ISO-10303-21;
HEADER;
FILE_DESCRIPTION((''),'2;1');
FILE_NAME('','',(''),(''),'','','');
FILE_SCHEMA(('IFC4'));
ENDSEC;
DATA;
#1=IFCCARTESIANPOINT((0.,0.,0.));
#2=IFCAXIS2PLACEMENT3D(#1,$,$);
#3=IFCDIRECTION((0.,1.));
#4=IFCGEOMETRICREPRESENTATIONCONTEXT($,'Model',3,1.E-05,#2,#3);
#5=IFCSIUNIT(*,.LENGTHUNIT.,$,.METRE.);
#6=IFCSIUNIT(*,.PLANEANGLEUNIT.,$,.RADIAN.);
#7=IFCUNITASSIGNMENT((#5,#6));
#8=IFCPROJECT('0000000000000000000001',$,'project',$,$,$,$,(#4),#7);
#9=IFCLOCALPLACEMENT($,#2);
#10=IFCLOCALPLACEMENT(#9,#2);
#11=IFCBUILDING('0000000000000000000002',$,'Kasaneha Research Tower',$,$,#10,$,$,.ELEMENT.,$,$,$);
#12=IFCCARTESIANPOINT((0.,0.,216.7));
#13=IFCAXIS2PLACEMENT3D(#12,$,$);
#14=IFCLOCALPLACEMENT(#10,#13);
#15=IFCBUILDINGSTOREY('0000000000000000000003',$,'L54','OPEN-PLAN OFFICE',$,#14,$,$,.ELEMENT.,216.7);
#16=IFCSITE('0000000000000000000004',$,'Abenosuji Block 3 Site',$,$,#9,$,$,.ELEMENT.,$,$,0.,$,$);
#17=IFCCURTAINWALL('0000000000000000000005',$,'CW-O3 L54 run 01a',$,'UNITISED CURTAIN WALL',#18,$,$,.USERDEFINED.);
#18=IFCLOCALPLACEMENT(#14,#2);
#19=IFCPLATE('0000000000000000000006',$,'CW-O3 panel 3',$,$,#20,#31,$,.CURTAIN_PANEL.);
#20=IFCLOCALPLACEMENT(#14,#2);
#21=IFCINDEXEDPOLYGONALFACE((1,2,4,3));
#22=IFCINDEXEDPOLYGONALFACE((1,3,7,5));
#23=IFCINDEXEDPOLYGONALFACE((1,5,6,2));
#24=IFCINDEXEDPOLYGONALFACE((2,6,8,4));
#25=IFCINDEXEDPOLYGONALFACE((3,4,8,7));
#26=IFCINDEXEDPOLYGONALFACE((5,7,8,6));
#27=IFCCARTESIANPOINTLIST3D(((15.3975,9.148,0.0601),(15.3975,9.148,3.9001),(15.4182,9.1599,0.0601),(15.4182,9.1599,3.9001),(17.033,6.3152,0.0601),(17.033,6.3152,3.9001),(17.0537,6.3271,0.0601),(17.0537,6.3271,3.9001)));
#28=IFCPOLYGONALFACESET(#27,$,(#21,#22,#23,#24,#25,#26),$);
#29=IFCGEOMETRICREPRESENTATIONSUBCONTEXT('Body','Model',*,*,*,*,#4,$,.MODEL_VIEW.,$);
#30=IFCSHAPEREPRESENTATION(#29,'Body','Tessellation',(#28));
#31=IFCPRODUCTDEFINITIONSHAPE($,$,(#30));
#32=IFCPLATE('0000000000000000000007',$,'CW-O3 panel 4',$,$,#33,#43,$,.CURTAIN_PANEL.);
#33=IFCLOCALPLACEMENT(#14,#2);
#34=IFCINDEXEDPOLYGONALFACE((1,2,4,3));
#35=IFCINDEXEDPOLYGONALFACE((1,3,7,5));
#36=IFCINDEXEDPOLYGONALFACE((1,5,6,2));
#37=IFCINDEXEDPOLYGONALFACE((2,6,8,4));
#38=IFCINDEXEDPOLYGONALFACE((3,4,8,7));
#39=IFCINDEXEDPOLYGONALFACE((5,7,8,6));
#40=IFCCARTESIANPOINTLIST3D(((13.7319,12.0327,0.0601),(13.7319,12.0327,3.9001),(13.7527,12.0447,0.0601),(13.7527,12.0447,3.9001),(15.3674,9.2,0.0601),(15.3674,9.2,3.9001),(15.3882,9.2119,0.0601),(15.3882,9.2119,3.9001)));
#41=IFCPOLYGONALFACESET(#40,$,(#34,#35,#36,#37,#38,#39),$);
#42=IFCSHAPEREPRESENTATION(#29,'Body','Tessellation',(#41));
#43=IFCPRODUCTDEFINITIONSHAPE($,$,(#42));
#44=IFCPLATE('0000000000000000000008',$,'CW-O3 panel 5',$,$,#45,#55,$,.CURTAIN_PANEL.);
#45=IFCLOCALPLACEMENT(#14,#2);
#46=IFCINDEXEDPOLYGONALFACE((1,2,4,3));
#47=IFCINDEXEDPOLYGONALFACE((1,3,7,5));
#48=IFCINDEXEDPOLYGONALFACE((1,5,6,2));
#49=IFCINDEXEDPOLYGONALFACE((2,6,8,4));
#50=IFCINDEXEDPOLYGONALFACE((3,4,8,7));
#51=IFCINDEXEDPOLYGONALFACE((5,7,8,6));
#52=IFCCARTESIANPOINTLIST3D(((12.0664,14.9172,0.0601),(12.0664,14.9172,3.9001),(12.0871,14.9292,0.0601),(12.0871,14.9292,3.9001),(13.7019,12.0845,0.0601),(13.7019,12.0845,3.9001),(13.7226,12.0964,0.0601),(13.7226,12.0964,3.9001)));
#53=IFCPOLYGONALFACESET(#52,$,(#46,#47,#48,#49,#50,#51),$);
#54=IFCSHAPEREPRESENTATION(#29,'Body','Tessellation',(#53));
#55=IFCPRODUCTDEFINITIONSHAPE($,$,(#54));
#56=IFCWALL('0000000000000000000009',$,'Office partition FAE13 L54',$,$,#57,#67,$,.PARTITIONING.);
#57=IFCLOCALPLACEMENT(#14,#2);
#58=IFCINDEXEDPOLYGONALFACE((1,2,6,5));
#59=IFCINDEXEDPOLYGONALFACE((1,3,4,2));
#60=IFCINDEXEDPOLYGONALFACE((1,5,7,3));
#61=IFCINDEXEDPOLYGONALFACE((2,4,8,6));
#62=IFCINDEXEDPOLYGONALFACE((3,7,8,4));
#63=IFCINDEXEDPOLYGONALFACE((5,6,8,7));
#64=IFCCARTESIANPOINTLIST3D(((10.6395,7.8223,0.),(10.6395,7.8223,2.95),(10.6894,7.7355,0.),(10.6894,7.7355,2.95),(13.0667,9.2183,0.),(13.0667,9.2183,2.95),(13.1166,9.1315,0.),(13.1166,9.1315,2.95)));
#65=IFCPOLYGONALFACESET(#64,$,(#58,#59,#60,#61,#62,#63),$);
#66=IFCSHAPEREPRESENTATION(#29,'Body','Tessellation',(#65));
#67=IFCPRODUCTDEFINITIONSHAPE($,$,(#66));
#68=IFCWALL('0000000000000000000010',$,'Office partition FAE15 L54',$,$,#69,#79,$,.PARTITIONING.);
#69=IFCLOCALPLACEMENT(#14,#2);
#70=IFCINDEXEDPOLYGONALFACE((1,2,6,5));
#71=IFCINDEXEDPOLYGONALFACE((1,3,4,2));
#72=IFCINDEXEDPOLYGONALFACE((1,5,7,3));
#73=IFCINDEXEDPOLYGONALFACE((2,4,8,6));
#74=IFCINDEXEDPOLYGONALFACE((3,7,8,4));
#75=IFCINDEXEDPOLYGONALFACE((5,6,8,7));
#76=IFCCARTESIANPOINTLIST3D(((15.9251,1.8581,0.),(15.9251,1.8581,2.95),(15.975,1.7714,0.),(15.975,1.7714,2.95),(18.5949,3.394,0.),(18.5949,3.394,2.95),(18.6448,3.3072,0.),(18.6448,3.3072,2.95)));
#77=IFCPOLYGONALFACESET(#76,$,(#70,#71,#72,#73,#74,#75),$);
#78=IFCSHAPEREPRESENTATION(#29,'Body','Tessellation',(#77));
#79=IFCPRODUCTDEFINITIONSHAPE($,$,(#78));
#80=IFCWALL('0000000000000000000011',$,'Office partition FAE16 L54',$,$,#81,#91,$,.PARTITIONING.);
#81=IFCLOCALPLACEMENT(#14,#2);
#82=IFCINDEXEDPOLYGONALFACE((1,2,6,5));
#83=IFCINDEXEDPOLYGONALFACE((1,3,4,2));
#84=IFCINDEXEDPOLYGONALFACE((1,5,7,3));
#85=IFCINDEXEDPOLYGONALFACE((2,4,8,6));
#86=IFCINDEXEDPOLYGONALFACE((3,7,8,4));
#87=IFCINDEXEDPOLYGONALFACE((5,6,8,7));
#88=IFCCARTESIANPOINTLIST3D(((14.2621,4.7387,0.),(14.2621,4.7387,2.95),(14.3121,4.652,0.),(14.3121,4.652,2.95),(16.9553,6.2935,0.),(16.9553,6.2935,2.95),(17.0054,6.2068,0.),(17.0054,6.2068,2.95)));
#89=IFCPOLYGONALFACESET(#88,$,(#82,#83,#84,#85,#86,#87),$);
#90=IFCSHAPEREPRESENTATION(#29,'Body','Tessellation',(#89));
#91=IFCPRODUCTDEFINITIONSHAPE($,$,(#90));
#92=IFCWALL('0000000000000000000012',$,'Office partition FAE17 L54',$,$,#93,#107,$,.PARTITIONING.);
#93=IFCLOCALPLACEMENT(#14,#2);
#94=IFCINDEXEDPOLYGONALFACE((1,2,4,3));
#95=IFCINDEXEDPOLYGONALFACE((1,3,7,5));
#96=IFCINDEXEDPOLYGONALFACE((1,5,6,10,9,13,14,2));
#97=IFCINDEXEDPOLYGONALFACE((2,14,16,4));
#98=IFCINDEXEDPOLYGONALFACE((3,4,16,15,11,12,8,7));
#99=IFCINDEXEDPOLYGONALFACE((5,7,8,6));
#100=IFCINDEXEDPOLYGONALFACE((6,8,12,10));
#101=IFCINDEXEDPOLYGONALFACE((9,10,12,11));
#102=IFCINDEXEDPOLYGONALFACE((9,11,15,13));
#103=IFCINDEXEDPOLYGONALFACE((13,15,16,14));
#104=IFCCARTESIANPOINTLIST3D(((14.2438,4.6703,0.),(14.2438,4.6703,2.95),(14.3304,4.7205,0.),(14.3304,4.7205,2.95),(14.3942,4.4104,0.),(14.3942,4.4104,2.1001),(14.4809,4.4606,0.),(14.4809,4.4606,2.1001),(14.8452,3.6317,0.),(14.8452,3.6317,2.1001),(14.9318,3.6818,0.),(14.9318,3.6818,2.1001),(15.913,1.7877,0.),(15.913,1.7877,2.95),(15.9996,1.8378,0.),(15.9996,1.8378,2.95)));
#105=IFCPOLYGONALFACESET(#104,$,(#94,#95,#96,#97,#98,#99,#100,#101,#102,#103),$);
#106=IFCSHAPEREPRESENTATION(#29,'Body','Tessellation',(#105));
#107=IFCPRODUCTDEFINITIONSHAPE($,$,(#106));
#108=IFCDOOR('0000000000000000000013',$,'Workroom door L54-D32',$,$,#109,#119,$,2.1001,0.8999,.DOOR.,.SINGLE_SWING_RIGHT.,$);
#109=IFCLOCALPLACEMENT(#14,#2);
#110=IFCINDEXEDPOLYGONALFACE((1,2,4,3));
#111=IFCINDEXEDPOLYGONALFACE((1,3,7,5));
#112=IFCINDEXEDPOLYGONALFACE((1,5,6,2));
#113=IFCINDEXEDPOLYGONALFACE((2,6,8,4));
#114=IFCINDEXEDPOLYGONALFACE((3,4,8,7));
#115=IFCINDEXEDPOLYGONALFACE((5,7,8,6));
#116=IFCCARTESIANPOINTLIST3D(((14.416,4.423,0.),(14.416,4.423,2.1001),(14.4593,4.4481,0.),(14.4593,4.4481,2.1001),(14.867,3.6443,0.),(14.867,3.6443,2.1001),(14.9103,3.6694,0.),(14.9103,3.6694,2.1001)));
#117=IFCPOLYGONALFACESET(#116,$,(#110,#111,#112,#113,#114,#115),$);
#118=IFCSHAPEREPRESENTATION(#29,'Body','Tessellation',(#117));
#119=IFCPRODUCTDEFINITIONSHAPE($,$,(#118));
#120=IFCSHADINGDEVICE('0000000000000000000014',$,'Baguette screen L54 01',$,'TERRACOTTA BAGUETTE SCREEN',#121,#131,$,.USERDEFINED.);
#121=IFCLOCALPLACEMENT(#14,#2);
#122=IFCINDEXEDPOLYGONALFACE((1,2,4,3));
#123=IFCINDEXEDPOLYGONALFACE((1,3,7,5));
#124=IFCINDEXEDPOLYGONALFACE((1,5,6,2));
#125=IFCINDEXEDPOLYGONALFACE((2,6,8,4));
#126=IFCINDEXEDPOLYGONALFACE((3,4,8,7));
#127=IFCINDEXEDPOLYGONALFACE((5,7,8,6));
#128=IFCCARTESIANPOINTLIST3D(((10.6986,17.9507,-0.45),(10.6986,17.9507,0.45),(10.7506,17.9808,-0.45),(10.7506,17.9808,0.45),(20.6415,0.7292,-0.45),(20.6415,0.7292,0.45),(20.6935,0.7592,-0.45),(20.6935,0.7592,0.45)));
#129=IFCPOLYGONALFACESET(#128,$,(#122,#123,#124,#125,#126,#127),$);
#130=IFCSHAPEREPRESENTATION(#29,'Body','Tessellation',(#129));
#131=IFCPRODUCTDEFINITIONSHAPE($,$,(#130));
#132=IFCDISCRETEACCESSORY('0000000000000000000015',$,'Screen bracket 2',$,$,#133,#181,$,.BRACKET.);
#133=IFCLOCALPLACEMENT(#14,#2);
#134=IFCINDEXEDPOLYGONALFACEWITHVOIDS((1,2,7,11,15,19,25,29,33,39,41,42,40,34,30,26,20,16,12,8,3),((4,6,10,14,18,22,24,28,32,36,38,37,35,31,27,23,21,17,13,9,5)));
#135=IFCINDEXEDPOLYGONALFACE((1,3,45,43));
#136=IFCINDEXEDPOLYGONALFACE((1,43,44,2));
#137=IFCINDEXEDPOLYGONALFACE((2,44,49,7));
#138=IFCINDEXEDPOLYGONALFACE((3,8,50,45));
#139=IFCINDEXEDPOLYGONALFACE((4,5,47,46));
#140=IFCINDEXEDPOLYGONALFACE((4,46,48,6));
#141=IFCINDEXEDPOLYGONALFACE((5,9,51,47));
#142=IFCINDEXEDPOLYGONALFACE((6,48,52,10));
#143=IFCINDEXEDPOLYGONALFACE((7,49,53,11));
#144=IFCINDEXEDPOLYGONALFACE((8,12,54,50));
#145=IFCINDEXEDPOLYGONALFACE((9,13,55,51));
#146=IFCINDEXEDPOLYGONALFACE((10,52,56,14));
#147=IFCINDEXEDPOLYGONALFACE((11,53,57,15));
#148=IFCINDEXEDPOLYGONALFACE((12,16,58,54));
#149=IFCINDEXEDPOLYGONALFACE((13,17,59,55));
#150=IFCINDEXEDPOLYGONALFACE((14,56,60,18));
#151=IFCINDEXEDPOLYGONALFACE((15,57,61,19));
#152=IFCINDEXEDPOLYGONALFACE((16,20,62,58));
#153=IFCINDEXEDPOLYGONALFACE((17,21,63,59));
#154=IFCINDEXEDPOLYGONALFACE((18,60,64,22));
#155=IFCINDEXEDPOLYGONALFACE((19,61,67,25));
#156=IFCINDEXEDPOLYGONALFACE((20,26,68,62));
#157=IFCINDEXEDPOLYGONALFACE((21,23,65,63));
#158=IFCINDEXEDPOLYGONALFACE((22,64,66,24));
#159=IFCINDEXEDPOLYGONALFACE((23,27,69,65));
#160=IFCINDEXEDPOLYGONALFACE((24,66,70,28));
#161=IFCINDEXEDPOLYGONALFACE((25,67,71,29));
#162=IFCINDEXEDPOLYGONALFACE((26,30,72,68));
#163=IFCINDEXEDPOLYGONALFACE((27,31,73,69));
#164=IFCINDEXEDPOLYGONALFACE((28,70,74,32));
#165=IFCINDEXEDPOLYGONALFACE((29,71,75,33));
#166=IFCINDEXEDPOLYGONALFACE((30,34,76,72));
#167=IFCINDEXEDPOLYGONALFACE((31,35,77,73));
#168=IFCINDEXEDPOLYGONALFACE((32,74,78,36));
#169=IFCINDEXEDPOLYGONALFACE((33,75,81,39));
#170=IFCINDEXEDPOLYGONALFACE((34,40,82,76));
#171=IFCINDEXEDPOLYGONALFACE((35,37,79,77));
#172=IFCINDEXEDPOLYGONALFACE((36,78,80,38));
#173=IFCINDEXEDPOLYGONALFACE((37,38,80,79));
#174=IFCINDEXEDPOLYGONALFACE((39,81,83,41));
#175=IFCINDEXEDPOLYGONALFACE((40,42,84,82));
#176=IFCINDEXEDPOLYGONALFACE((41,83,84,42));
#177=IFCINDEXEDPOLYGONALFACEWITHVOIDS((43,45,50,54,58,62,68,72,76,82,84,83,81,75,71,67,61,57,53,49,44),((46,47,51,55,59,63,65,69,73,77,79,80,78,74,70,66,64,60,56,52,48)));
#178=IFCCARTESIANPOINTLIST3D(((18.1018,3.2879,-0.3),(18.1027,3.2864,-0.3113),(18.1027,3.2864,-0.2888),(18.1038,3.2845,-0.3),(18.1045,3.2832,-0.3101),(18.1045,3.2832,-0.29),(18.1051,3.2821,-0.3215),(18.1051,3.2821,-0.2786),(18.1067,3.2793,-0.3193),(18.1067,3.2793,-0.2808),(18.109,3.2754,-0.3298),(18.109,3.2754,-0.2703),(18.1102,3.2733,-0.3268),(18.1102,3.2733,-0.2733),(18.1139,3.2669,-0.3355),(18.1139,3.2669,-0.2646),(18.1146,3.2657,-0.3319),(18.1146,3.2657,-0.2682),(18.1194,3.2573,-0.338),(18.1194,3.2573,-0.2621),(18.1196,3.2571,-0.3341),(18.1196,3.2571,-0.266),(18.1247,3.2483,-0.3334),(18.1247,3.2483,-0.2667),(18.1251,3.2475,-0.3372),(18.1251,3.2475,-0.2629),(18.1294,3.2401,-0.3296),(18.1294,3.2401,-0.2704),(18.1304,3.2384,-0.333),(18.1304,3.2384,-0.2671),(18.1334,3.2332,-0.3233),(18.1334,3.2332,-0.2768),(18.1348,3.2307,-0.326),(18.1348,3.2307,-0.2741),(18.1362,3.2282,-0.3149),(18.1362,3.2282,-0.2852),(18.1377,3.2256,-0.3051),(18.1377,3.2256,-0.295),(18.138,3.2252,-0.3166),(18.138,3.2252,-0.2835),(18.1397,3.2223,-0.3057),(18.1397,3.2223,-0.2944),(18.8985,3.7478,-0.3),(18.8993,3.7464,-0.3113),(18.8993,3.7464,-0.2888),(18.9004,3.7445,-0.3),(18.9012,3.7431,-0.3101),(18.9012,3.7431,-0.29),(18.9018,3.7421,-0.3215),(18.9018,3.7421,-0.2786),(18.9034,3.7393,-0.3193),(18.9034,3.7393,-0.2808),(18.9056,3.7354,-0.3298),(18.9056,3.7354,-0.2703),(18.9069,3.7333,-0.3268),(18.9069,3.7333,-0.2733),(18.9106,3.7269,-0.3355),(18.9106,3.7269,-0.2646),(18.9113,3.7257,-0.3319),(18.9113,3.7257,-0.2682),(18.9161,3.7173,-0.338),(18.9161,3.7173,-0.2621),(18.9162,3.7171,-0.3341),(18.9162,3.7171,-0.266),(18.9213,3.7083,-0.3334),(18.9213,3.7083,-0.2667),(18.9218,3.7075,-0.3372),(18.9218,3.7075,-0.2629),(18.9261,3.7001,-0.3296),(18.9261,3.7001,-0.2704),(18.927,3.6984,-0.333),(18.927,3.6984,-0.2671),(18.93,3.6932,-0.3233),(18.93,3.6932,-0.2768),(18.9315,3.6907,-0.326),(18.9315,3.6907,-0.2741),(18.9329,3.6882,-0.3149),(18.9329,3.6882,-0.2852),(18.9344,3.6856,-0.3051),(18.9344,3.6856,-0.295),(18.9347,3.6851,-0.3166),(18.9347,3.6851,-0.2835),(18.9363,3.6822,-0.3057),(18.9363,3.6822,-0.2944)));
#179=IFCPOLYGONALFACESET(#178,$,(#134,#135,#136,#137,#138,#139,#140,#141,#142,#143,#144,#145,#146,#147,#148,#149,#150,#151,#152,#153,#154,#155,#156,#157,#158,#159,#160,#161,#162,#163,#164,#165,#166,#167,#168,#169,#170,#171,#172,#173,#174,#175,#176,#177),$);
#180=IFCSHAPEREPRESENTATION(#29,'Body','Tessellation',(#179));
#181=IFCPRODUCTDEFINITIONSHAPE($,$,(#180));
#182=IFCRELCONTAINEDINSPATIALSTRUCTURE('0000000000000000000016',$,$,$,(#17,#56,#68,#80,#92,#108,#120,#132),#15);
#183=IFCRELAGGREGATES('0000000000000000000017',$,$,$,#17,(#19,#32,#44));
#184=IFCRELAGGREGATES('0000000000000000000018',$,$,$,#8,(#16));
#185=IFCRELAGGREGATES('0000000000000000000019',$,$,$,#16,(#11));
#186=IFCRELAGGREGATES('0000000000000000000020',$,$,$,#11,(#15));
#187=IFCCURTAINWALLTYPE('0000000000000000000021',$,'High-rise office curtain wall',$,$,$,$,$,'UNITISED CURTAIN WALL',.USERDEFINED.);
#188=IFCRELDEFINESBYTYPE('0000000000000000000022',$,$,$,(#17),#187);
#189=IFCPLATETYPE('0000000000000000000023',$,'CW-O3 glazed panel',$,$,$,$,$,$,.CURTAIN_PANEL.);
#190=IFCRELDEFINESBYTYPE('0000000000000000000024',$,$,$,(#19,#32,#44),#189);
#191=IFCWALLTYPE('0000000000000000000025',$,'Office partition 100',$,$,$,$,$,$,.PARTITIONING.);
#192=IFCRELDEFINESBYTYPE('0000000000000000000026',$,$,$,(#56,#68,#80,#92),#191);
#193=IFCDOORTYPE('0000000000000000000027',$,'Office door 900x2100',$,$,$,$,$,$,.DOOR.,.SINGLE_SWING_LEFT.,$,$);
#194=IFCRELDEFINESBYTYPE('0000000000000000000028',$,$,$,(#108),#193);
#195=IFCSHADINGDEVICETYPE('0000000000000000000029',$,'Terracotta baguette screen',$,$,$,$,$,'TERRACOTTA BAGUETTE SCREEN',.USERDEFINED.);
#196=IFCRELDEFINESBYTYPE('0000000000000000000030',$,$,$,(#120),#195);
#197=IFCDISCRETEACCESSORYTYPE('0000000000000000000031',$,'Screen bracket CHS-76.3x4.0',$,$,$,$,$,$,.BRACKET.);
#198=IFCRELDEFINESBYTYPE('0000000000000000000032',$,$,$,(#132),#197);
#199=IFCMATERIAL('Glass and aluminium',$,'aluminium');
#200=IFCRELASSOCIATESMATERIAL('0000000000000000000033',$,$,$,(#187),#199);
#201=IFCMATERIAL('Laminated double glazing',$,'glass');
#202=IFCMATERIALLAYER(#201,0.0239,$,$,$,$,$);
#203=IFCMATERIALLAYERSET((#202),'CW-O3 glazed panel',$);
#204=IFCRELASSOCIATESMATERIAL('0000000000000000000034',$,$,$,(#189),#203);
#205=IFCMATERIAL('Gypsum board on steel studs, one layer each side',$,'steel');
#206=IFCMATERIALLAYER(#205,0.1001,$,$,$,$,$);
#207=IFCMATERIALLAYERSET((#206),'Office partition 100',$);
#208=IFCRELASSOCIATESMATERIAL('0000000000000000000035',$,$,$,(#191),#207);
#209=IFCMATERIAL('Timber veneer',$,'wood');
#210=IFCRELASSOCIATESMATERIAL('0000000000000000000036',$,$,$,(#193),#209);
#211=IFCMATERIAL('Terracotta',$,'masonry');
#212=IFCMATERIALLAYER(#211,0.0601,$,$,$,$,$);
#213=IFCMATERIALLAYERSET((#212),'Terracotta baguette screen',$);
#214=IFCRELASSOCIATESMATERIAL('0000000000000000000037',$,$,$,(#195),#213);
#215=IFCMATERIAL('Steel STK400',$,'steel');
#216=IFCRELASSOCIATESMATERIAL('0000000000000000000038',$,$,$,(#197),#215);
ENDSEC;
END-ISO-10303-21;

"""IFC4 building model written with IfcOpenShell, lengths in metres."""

from ifc_helpers import new_model, si_unit, direction, frame, frame_2d, origin, origin_2d, place, context, subcontext, project, spatial, rectangle, hollow_circle, extrude, material, layer, layer_set, material_profile, profile_set, type_object, element, fill, aggregate, save


model = new_model("IFC4")

# Units and contexts
model_context = context("Model", 3, precision=1e-05, world=origin(), true_north=direction((0.0, 1.0)))
body_context = subcontext(model_context, "Body", "Model", "MODEL_VIEW")
ifc_project = project(units=[si_unit("LENGTHUNIT", "METRE"), si_unit("PLANEANGLEUNIT", "RADIAN")], contexts=[model_context])

# Site, building, storey
site_placement = place(None, origin())
site = spatial("IfcSite", under=ifc_project, at=site_placement, Name="Abenosuji Block 3 Site", CompositionType="ELEMENT", RefElevation=0.0)
building_placement = place(site_placement, origin())
building = spatial("IfcBuilding", under=site, at=building_placement, Name="Kasaneha Research Tower", CompositionType="ELEMENT")
storey_placement = place(building_placement, frame((0.0, 0.0, 216.7)))
storey = spatial("IfcBuildingStorey", under=building, at=storey_placement, Name="L54", Description="OPEN-PLAN OFFICE", CompositionType="ELEMENT", Elevation=216.7)

# Curtain wall, plates
ifc_material_1 = material(Name="Glass and aluminium", Category="aluminium")
curtain_wall_type = type_object("IfcCurtainWallType", Name="High-rise office curtain wall", ElementType="UNITISED CURTAIN WALL", PredefinedType="USERDEFINED", material=ifc_material_1)
curtain_wall_placement = place(storey_placement, origin())
curtain_wall = element("IfcCurtainWall", 1, at=curtain_wall_placement, inside=storey, type_object=curtain_wall_type, Name="CW-O3 L54 run 01a", ObjectType="UNITISED CURTAIN WALL", PredefinedType="USERDEFINED")
ifc_material_2 = material(Name="Laminated double glazing", Category="glass")
ifc_layer_1 = layer(ifc_material_2, 0.0239)
ifc_layer_set_1 = layer_set([ifc_layer_1], Name="CW-O3 glazed panel")
plate_type = type_object("IfcPlateType", Name="CW-O3 glazed panel", PredefinedType="CURTAIN_PANEL", material=ifc_layer_set_1)
plate_1_placement = place(storey_placement, frame((16.2256, 7.7375, 0.0601), z_axis=(0.0, 0.0, 1.0), x_axis=(-0.5, 0.866025, 0.0)))
plate_1 = element("IfcPlate", 2, at=plate_1_placement, type_object=plate_type, Name="CW-O3 panel 3", PredefinedType="CURTAIN_PANEL", context=body_context, shape_type="SweptSolid", body=[
    extrude(rectangle(XDim=3.271, YDim=0.0239, at=origin_2d()), origin(), (0.0, 0.0, 1.0), 3.8401),
])
plate_2_placement = place(storey_placement, frame((14.5601, 10.6223, 0.0601), z_axis=(0.0, 0.0, 1.0), x_axis=(-0.5, 0.866025, 0.0)))
plate_2 = element("IfcPlate", 3, at=plate_2_placement, type_object=plate_type, Name="CW-O3 panel 4", PredefinedType="CURTAIN_PANEL", context=body_context, shape_type="SweptSolid", body=[
    extrude(rectangle(XDim=3.271, YDim=0.0239, at=origin_2d()), origin(), (0.0, 0.0, 1.0), 3.8401),
])
plate_3_placement = place(storey_placement, frame((12.8945, 13.5068, 0.0601), z_axis=(0.0, 0.0, 1.0), x_axis=(-0.5, 0.866025, 0.0)))
plate_3 = element("IfcPlate", 4, at=plate_3_placement, type_object=plate_type, Name="CW-O3 panel 5", PredefinedType="CURTAIN_PANEL", context=body_context, shape_type="SweptSolid", body=[
    extrude(rectangle(XDim=3.271, YDim=0.0239, at=origin_2d()), origin(), (0.0, 0.0, 1.0), 3.8401),
])
aggregate(curtain_wall, [plate_1, plate_2, plate_3])

# Walls
ifc_material_3 = material(Name="Gypsum board on steel studs, one layer each side", Category="steel")
ifc_layer_2 = layer(ifc_material_3, 0.1001)
ifc_layer_set_2 = layer_set([ifc_layer_2], Name="Office partition 100")
wall_type = type_object("IfcWallType", Name="Office partition 100", PredefinedType="PARTITIONING", material=ifc_layer_set_2)
wall_1_placement = place(storey_placement, frame((13.0916, 9.1748, 0.0), z_axis=(0.0, 0.0, 1.0), x_axis=(-0.866855, -0.49856, 0.0)))
element("IfcWall", 5, at=wall_1_placement, inside=storey, type_object=wall_type, Name="Office partition FAE13 L54", PredefinedType="PARTITIONING", context=body_context, shape_type="SweptSolid", body=[
    extrude(rectangle(XDim=2.8, YDim=0.1001, at=frame_2d((1.3999, 0.0))), origin(), (0.0, 0.0, 1.0), 2.95),
])
wall_2_placement = place(storey_placement, frame((18.6199, 3.3506, 0.0), z_axis=(0.0, 0.0, 1.0), x_axis=(-0.86681, -0.498638, 0.0)))
element("IfcWall", 6, at=wall_2_placement, inside=storey, type_object=wall_type, Name="Office partition FAE15 L54", PredefinedType="PARTITIONING", context=body_context, shape_type="SweptSolid", body=[
    extrude(rectangle(XDim=3.0801, YDim=0.1001, at=frame_2d((1.54, 0.0))), origin(), (0.0, 0.0, 1.0), 2.95),
])
wall_3_placement = place(storey_placement, frame((14.2871, 4.6953, 0.0), z_axis=(0.0, 0.0, 1.0), x_axis=(0.866037, 0.499981, 0.0)))
element("IfcWall", 7, at=wall_3_placement, inside=storey, type_object=wall_type, Name="Office partition FAE16 L54", PredefinedType="PARTITIONING", context=body_context, shape_type="SweptSolid", body=[
    extrude(rectangle(XDim=3.1099, YDim=0.1001, at=frame_2d((1.5549, 0.0))), origin(), (0.0, 0.0, 1.0), 2.95),
])

# Wall, opening, door
wall_4_placement = place(storey_placement, frame((15.9563, 1.8127, 0.0), z_axis=(0.0, 0.0, 1.0), x_axis=(-0.501111, 0.865383, 0.0)))
wall_4 = element("IfcWall", 8, at=wall_4_placement, inside=storey, type_object=wall_type, Name="Office partition FAE17 L54", PredefinedType="PARTITIONING", context=body_context, shape_type="SweptSolid", body=[
    extrude(rectangle(XDim=3.3311, YDim=0.1001, at=frame_2d((1.6655, 0.0))), origin(), (0.0, 0.0, 1.0), 2.95),
])
opening_placement = place(wall_4_placement, frame((2.1309, 0.0, 0.0)))
opening = element("IfcOpeningElement", 9, at=opening_placement, cuts=wall_4, PredefinedType="OPENING", context=body_context, shape_type="SweptSolid", body=[
    extrude(rectangle(XDim=0.8999, YDim=2.1001, at=frame_2d((0.45, 1.05))), frame((0.0, 0.0601, 0.0), z_axis=(0.0, -1.0, 0.0), x_axis=(1.0, 0.0, 0.0)), (0.0, 0.0, 1.0), 0.1201),
])
ifc_material_4 = material(Name="Timber veneer", Category="wood")
door_type = type_object("IfcDoorType", Name="Office door 900x2100", OperationType="SINGLE_SWING_LEFT", PredefinedType="DOOR", material=ifc_material_4)
door_placement = place(opening_placement, origin())
door = element("IfcDoor", 10, at=door_placement, inside=storey, type_object=door_type, Name="Workroom door L54-D32", OperationType="SINGLE_SWING_RIGHT", OverallHeight=2.1001, OverallWidth=0.8999, PredefinedType="DOOR", context=body_context, shape_type="SweptSolid", body=[
    extrude(rectangle(XDim=0.8999, YDim=2.1001, at=frame_2d((0.45, 1.05))), frame((0.0, 0.0249, 0.0), z_axis=(0.0, -1.0, 0.0), x_axis=(1.0, 0.0, 0.0)), (0.0, 0.0, 1.0), 0.05),
])
fill(opening, door)

# Shading device
ifc_material_5 = material(Name="Terracotta", Category="masonry")
ifc_layer_3 = layer(ifc_material_5, 0.0601)
ifc_layer_set_3 = layer_set([ifc_layer_3], Name="Terracotta baguette screen")
shading_device_type = type_object("IfcShadingDeviceType", Name="Terracotta baguette screen", ElementType="TERRACOTTA BAGUETTE SCREEN", PredefinedType="USERDEFINED", material=ifc_layer_set_3)
shading_device_placement = place(storey_placement, frame((15.696, 9.355, -0.45), z_axis=(0.0, 0.0, 1.0), x_axis=(-0.5, 0.866025, 0.0)))
element("IfcShadingDevice", 11, at=shading_device_placement, inside=storey, type_object=shading_device_type, Name="Baguette screen L54 01", ObjectType="TERRACOTTA BAGUETTE SCREEN", PredefinedType="USERDEFINED", context=body_context, shape_type="SweptSolid", body=[
    extrude(rectangle(XDim=19.8857, YDim=0.0601, at=origin_2d()), origin(), (0.0, 0.0, 1.0), 0.8999),
])

# Discrete accessory
ifc_material_6 = material(Name="Steel STK400", Category="steel")
ifc_material_profile_1 = material_profile(ifc_material_6, hollow_circle(Radius=0.0381, WallThickness=0.0039, at=origin_2d()), Name="CHS-76.3x4.0")
ifc_profile_set_1 = profile_set([ifc_material_profile_1], Name="Steel STK400")
discrete_accessory_type = type_object("IfcDiscreteAccessoryType", Name="Screen bracket CHS-76.3x4.0", PredefinedType="BRACKET", material=ifc_profile_set_1)
for number, where, z_axis, x_axis, name in (
    (12, (18.1208, 3.2549, -0.3), (0.866013, 0.500021, 0.0), (-0.500021, 0.866013, 0.0), "Screen bracket 2"),
):
    element("IfcDiscreteAccessory", number, at=place(storey_placement, frame(where, z_axis=z_axis, x_axis=x_axis)), inside=storey, type_object=discrete_accessory_type, Name=name, PredefinedType="BRACKET", context=body_context, shape_type="SweptSolid", body=[
        extrude(hollow_circle(Radius=0.0381, WallThickness=0.0039, at=origin_2d()), origin(), (0.0, 0.0, 1.0), 0.9199),
    ])

save(model, "model.ifc")
